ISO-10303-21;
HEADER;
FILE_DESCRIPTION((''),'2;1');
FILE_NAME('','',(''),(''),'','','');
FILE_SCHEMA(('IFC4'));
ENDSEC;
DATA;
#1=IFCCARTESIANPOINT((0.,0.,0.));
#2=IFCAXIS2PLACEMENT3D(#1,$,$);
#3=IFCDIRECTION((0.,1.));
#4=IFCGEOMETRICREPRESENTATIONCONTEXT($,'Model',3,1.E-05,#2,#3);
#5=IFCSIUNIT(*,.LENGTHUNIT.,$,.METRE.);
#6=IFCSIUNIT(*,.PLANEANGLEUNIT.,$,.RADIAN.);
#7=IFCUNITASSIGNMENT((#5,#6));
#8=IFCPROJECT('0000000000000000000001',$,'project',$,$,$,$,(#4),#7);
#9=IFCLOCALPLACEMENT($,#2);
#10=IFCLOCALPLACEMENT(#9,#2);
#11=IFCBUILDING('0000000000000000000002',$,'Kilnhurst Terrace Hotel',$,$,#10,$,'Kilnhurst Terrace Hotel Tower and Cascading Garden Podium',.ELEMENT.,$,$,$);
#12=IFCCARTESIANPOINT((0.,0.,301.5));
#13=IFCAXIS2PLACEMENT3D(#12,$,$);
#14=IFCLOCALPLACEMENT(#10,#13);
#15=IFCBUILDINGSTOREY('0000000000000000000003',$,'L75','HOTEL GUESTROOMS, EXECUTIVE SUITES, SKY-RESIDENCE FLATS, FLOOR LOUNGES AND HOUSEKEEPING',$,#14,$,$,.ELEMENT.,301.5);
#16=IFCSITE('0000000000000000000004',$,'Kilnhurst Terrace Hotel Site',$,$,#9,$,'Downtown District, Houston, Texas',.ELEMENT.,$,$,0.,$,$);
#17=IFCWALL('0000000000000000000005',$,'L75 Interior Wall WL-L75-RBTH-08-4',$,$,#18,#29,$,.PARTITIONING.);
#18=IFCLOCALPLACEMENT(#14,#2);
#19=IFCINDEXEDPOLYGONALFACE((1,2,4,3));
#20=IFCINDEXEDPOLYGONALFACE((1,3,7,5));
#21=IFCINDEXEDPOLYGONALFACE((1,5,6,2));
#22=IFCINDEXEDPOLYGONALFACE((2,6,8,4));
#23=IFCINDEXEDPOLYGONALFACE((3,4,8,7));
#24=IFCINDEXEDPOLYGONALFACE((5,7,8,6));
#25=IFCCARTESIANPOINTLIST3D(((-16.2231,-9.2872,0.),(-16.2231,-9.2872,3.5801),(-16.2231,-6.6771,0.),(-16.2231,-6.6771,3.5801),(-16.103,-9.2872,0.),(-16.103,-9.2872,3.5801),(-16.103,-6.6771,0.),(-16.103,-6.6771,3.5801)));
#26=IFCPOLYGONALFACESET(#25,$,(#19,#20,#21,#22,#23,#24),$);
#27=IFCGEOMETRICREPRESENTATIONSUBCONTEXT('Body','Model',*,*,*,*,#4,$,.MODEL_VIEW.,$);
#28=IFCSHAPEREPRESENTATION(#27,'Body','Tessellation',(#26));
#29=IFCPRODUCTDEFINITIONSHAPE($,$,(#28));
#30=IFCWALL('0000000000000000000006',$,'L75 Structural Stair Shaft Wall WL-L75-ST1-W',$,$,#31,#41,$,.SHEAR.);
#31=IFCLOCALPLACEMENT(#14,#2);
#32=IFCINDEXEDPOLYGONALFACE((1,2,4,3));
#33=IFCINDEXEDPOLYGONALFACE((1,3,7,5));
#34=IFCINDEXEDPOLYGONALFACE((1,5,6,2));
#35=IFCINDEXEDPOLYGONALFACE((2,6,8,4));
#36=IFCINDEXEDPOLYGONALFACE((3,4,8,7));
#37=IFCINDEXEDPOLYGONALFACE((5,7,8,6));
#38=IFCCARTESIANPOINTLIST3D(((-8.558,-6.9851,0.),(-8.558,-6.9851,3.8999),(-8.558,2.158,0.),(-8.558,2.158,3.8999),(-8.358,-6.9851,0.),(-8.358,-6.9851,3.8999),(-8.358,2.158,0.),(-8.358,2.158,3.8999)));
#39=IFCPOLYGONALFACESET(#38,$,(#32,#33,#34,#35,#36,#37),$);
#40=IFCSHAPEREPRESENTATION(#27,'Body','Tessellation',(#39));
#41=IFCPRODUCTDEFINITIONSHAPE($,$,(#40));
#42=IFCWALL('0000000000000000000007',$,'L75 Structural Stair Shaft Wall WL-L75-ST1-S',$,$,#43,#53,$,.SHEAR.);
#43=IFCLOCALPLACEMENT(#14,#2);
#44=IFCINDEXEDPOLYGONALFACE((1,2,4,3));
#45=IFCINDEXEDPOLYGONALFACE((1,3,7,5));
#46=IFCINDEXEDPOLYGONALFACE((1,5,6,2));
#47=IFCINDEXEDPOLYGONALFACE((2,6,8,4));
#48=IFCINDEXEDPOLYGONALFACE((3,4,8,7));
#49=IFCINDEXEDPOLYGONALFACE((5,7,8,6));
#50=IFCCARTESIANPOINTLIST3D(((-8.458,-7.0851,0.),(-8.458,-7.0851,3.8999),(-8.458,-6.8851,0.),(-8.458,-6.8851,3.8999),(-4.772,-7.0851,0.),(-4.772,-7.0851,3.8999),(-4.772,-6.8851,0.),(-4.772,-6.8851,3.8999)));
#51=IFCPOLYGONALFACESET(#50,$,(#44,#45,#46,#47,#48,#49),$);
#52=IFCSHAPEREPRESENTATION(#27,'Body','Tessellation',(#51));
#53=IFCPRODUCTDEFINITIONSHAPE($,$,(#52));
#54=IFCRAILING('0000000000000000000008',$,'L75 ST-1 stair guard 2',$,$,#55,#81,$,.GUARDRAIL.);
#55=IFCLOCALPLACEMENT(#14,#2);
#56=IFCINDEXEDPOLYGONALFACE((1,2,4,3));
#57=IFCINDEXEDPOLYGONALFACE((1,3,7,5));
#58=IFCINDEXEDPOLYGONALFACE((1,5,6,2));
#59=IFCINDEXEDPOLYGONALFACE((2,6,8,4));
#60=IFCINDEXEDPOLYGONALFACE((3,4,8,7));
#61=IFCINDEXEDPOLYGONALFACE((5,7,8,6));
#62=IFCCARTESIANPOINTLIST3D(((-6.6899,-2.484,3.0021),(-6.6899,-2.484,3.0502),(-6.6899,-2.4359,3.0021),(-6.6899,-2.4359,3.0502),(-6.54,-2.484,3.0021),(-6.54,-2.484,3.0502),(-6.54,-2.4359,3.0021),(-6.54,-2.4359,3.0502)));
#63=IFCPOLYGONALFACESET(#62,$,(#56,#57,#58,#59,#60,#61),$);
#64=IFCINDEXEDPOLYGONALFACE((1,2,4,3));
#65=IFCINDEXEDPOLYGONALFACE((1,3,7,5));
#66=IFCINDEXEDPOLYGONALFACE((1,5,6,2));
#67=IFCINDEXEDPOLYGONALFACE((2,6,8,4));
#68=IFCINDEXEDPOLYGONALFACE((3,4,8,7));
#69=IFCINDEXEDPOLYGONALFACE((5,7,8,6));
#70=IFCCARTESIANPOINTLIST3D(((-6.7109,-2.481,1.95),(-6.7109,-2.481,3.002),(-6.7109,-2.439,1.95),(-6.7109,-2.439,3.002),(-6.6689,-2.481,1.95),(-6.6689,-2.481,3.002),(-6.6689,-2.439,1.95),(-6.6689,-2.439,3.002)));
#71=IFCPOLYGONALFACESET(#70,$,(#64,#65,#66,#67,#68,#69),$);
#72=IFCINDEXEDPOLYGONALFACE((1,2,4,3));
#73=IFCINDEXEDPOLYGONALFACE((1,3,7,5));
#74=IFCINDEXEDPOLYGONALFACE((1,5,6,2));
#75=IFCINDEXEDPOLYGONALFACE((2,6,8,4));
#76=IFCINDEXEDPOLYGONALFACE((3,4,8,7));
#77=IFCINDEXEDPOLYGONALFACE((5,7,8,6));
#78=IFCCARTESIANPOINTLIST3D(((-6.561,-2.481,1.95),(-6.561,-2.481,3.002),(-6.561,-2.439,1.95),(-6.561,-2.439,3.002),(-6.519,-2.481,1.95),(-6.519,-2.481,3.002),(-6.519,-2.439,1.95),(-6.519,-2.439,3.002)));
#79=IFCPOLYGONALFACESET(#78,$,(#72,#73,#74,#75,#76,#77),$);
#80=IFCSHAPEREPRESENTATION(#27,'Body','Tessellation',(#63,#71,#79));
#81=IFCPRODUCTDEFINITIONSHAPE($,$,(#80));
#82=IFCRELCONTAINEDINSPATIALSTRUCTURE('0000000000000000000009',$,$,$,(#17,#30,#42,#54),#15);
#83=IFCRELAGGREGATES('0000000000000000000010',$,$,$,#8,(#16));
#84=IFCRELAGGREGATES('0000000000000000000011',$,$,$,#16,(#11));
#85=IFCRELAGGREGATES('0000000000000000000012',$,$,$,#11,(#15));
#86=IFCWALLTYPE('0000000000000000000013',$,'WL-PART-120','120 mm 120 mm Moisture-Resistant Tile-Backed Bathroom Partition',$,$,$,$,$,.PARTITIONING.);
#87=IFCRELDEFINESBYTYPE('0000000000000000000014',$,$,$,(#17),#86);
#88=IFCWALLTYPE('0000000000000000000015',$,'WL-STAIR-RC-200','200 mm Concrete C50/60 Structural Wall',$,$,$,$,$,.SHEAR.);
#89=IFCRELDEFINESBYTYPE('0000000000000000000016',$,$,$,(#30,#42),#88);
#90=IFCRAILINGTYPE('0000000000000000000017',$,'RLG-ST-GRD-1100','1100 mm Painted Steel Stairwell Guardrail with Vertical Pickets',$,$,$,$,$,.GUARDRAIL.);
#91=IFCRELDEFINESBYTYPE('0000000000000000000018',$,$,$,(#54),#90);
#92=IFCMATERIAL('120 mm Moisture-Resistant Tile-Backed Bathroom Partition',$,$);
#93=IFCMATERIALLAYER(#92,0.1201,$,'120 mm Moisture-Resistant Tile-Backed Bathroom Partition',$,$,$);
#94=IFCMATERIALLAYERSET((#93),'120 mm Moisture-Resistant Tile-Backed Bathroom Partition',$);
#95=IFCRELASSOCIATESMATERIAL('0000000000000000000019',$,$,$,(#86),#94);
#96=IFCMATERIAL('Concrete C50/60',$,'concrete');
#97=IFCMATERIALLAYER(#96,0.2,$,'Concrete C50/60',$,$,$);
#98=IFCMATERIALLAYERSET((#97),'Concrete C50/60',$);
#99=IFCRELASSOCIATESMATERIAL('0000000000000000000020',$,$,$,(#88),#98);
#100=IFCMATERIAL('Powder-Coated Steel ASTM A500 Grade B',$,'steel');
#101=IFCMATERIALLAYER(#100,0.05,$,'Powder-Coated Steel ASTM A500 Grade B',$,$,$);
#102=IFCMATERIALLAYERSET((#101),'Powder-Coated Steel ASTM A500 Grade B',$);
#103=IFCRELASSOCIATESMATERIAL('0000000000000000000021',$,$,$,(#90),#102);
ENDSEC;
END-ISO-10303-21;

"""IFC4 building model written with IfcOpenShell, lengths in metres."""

from ifc_helpers import new_model, si_unit, direction, frame, frame_2d, origin, origin_2d, place, context, subcontext, project, spatial, rectangle, extrude, material, layer, layer_set, type_object, element, save


model = new_model("IFC4")

# Units and contexts
model_context = context("Model", 3, precision=1e-05, world=origin(), true_north=direction((0.0, 1.0)))
body_context = subcontext(model_context, "Body", "Model", "MODEL_VIEW")
ifc_project = project(units=[si_unit("LENGTHUNIT", "METRE"), si_unit("PLANEANGLEUNIT", "RADIAN")], contexts=[model_context])

# Site, building, storey
site_placement = place(None, origin())
site = spatial("IfcSite", under=ifc_project, at=site_placement, Name="Kilnhurst Terrace Hotel Site", LongName="Downtown District, Houston, Texas", CompositionType="ELEMENT", RefElevation=0.0)
building_placement = place(site_placement, origin())
building = spatial("IfcBuilding", under=site, at=building_placement, Name="Kilnhurst Terrace Hotel", LongName="Kilnhurst Terrace Hotel Tower and Cascading Garden Podium", CompositionType="ELEMENT")
storey_placement = place(building_placement, frame((0.0, 0.0, 301.5)))
storey = spatial("IfcBuildingStorey", under=building, at=storey_placement, Name="L75", Description="HOTEL GUESTROOMS, EXECUTIVE SUITES, SKY-RESIDENCE FLATS, FLOOR LOUNGES AND HOUSEKEEPING", CompositionType="ELEMENT", Elevation=301.5)

# Shared definitions
ifc_material_1 = material(Name="120 mm Moisture-Resistant Tile-Backed Bathroom Partition")
ifc_layer_1 = layer(ifc_material_1, 0.1201, Name="120 mm Moisture-Resistant Tile-Backed Bathroom Partition")
ifc_layer_set_1 = layer_set([ifc_layer_1], Name="120 mm Moisture-Resistant Tile-Backed Bathroom Partition")
wall_type_1 = type_object("IfcWallType", Name="WL-PART-120", Description="120 mm 120 mm Moisture-Resistant Tile-Backed Bathroom Partition", PredefinedType="PARTITIONING", material=ifc_layer_set_1)

# Walls
wall_1_placement = place(storey_placement, frame((-16.1631, -6.677, 0.0), z_axis=(0.0, 0.0, 1.0), x_axis=(0.0, -1.0, 0.0)))
element("IfcWall", 1, at=wall_1_placement, inside=storey, type_object=wall_type_1, Name="L75 Interior Wall WL-L75-RBTH-08-4", PredefinedType="PARTITIONING", context=body_context, shape_type="SweptSolid", body=[
    extrude(rectangle(XDim=2.6101, YDim=0.1201, at=frame_2d((1.3052, 0.0))), origin(), (0.0, 0.0, 1.0), 3.5801),
])
ifc_material_2 = material(Name="Concrete C50/60", Category="concrete")
ifc_layer_2 = layer(ifc_material_2, 0.2, Name="Concrete C50/60")
ifc_layer_set_2 = layer_set([ifc_layer_2], Name="Concrete C50/60")
wall_type_2 = type_object("IfcWallType", Name="WL-STAIR-RC-200", Description="200 mm Concrete C50/60 Structural Wall", PredefinedType="SHEAR", material=ifc_layer_set_2)
wall_2_placement = place(storey_placement, frame((-8.458, -6.9851, 0.0), z_axis=(0.0, 0.0, 1.0), x_axis=(0.0, 1.0, 0.0)))
element("IfcWall", 2, at=wall_2_placement, inside=storey, type_object=wall_type_2, Name="L75 Structural Stair Shaft Wall WL-L75-ST1-W", PredefinedType="SHEAR", context=body_context, shape_type="SweptSolid", body=[
    extrude(rectangle(XDim=9.1431, YDim=0.2, at=frame_2d((4.5715, 0.0))), origin(), (0.0, 0.0, 1.0), 3.8999),
])
wall_3_placement = place(storey_placement, frame((-8.458, -6.9851, 0.0), z_axis=(0.0, 0.0, 1.0), x_axis=(1.0, 0.0, 0.0)))
element("IfcWall", 3, at=wall_3_placement, inside=storey, type_object=wall_type_2, Name="L75 Structural Stair Shaft Wall WL-L75-ST1-S", PredefinedType="SHEAR", context=body_context, shape_type="SweptSolid", body=[
    extrude(rectangle(XDim=3.686, YDim=0.2, at=frame_2d((1.843, 0.0))), origin(), (0.0, 0.0, 1.0), 3.8999),
])

# Railing
ifc_material_3 = material(Name="Powder-Coated Steel ASTM A500 Grade B", Category="steel")
ifc_layer_3 = layer(ifc_material_3, 0.05, Name="Powder-Coated Steel ASTM A500 Grade B")
ifc_layer_set_3 = layer_set([ifc_layer_3], Name="Powder-Coated Steel ASTM A500 Grade B")
railing_type = type_object("IfcRailingType", Name="RLG-ST-GRD-1100", Description="1100 mm Painted Steel Stairwell Guardrail with Vertical Pickets", PredefinedType="GUARDRAIL", material=ifc_layer_set_3)
railing_placement = place(storey_placement, frame((-6.6899, -2.46, 1.95)))
element("IfcRailing", 4, at=railing_placement, inside=storey, type_object=railing_type, Name="L75 ST-1 stair guard 2", PredefinedType="GUARDRAIL", context=body_context, shape_type="SweptSolid", body=[
    extrude(rectangle(XDim=0.0481, YDim=0.0481, at=origin_2d()), frame((0.0, 0.0, 1.0762), z_axis=(1.0, 0.0, 0.0), x_axis=(0.0, 1.0, 0.0)), (0.0, 0.0, 1.0), 0.1499),
    extrude(rectangle(XDim=0.042, YDim=0.042, at=origin_2d()), origin(), (0.0, 0.0, 1.0), 1.052),
    extrude(rectangle(XDim=0.042, YDim=0.042, at=origin_2d()), frame((0.1499, 0.0, 0.0)), (0.0, 0.0, 1.0), 1.052),
])

save(model, "model.ifc")
